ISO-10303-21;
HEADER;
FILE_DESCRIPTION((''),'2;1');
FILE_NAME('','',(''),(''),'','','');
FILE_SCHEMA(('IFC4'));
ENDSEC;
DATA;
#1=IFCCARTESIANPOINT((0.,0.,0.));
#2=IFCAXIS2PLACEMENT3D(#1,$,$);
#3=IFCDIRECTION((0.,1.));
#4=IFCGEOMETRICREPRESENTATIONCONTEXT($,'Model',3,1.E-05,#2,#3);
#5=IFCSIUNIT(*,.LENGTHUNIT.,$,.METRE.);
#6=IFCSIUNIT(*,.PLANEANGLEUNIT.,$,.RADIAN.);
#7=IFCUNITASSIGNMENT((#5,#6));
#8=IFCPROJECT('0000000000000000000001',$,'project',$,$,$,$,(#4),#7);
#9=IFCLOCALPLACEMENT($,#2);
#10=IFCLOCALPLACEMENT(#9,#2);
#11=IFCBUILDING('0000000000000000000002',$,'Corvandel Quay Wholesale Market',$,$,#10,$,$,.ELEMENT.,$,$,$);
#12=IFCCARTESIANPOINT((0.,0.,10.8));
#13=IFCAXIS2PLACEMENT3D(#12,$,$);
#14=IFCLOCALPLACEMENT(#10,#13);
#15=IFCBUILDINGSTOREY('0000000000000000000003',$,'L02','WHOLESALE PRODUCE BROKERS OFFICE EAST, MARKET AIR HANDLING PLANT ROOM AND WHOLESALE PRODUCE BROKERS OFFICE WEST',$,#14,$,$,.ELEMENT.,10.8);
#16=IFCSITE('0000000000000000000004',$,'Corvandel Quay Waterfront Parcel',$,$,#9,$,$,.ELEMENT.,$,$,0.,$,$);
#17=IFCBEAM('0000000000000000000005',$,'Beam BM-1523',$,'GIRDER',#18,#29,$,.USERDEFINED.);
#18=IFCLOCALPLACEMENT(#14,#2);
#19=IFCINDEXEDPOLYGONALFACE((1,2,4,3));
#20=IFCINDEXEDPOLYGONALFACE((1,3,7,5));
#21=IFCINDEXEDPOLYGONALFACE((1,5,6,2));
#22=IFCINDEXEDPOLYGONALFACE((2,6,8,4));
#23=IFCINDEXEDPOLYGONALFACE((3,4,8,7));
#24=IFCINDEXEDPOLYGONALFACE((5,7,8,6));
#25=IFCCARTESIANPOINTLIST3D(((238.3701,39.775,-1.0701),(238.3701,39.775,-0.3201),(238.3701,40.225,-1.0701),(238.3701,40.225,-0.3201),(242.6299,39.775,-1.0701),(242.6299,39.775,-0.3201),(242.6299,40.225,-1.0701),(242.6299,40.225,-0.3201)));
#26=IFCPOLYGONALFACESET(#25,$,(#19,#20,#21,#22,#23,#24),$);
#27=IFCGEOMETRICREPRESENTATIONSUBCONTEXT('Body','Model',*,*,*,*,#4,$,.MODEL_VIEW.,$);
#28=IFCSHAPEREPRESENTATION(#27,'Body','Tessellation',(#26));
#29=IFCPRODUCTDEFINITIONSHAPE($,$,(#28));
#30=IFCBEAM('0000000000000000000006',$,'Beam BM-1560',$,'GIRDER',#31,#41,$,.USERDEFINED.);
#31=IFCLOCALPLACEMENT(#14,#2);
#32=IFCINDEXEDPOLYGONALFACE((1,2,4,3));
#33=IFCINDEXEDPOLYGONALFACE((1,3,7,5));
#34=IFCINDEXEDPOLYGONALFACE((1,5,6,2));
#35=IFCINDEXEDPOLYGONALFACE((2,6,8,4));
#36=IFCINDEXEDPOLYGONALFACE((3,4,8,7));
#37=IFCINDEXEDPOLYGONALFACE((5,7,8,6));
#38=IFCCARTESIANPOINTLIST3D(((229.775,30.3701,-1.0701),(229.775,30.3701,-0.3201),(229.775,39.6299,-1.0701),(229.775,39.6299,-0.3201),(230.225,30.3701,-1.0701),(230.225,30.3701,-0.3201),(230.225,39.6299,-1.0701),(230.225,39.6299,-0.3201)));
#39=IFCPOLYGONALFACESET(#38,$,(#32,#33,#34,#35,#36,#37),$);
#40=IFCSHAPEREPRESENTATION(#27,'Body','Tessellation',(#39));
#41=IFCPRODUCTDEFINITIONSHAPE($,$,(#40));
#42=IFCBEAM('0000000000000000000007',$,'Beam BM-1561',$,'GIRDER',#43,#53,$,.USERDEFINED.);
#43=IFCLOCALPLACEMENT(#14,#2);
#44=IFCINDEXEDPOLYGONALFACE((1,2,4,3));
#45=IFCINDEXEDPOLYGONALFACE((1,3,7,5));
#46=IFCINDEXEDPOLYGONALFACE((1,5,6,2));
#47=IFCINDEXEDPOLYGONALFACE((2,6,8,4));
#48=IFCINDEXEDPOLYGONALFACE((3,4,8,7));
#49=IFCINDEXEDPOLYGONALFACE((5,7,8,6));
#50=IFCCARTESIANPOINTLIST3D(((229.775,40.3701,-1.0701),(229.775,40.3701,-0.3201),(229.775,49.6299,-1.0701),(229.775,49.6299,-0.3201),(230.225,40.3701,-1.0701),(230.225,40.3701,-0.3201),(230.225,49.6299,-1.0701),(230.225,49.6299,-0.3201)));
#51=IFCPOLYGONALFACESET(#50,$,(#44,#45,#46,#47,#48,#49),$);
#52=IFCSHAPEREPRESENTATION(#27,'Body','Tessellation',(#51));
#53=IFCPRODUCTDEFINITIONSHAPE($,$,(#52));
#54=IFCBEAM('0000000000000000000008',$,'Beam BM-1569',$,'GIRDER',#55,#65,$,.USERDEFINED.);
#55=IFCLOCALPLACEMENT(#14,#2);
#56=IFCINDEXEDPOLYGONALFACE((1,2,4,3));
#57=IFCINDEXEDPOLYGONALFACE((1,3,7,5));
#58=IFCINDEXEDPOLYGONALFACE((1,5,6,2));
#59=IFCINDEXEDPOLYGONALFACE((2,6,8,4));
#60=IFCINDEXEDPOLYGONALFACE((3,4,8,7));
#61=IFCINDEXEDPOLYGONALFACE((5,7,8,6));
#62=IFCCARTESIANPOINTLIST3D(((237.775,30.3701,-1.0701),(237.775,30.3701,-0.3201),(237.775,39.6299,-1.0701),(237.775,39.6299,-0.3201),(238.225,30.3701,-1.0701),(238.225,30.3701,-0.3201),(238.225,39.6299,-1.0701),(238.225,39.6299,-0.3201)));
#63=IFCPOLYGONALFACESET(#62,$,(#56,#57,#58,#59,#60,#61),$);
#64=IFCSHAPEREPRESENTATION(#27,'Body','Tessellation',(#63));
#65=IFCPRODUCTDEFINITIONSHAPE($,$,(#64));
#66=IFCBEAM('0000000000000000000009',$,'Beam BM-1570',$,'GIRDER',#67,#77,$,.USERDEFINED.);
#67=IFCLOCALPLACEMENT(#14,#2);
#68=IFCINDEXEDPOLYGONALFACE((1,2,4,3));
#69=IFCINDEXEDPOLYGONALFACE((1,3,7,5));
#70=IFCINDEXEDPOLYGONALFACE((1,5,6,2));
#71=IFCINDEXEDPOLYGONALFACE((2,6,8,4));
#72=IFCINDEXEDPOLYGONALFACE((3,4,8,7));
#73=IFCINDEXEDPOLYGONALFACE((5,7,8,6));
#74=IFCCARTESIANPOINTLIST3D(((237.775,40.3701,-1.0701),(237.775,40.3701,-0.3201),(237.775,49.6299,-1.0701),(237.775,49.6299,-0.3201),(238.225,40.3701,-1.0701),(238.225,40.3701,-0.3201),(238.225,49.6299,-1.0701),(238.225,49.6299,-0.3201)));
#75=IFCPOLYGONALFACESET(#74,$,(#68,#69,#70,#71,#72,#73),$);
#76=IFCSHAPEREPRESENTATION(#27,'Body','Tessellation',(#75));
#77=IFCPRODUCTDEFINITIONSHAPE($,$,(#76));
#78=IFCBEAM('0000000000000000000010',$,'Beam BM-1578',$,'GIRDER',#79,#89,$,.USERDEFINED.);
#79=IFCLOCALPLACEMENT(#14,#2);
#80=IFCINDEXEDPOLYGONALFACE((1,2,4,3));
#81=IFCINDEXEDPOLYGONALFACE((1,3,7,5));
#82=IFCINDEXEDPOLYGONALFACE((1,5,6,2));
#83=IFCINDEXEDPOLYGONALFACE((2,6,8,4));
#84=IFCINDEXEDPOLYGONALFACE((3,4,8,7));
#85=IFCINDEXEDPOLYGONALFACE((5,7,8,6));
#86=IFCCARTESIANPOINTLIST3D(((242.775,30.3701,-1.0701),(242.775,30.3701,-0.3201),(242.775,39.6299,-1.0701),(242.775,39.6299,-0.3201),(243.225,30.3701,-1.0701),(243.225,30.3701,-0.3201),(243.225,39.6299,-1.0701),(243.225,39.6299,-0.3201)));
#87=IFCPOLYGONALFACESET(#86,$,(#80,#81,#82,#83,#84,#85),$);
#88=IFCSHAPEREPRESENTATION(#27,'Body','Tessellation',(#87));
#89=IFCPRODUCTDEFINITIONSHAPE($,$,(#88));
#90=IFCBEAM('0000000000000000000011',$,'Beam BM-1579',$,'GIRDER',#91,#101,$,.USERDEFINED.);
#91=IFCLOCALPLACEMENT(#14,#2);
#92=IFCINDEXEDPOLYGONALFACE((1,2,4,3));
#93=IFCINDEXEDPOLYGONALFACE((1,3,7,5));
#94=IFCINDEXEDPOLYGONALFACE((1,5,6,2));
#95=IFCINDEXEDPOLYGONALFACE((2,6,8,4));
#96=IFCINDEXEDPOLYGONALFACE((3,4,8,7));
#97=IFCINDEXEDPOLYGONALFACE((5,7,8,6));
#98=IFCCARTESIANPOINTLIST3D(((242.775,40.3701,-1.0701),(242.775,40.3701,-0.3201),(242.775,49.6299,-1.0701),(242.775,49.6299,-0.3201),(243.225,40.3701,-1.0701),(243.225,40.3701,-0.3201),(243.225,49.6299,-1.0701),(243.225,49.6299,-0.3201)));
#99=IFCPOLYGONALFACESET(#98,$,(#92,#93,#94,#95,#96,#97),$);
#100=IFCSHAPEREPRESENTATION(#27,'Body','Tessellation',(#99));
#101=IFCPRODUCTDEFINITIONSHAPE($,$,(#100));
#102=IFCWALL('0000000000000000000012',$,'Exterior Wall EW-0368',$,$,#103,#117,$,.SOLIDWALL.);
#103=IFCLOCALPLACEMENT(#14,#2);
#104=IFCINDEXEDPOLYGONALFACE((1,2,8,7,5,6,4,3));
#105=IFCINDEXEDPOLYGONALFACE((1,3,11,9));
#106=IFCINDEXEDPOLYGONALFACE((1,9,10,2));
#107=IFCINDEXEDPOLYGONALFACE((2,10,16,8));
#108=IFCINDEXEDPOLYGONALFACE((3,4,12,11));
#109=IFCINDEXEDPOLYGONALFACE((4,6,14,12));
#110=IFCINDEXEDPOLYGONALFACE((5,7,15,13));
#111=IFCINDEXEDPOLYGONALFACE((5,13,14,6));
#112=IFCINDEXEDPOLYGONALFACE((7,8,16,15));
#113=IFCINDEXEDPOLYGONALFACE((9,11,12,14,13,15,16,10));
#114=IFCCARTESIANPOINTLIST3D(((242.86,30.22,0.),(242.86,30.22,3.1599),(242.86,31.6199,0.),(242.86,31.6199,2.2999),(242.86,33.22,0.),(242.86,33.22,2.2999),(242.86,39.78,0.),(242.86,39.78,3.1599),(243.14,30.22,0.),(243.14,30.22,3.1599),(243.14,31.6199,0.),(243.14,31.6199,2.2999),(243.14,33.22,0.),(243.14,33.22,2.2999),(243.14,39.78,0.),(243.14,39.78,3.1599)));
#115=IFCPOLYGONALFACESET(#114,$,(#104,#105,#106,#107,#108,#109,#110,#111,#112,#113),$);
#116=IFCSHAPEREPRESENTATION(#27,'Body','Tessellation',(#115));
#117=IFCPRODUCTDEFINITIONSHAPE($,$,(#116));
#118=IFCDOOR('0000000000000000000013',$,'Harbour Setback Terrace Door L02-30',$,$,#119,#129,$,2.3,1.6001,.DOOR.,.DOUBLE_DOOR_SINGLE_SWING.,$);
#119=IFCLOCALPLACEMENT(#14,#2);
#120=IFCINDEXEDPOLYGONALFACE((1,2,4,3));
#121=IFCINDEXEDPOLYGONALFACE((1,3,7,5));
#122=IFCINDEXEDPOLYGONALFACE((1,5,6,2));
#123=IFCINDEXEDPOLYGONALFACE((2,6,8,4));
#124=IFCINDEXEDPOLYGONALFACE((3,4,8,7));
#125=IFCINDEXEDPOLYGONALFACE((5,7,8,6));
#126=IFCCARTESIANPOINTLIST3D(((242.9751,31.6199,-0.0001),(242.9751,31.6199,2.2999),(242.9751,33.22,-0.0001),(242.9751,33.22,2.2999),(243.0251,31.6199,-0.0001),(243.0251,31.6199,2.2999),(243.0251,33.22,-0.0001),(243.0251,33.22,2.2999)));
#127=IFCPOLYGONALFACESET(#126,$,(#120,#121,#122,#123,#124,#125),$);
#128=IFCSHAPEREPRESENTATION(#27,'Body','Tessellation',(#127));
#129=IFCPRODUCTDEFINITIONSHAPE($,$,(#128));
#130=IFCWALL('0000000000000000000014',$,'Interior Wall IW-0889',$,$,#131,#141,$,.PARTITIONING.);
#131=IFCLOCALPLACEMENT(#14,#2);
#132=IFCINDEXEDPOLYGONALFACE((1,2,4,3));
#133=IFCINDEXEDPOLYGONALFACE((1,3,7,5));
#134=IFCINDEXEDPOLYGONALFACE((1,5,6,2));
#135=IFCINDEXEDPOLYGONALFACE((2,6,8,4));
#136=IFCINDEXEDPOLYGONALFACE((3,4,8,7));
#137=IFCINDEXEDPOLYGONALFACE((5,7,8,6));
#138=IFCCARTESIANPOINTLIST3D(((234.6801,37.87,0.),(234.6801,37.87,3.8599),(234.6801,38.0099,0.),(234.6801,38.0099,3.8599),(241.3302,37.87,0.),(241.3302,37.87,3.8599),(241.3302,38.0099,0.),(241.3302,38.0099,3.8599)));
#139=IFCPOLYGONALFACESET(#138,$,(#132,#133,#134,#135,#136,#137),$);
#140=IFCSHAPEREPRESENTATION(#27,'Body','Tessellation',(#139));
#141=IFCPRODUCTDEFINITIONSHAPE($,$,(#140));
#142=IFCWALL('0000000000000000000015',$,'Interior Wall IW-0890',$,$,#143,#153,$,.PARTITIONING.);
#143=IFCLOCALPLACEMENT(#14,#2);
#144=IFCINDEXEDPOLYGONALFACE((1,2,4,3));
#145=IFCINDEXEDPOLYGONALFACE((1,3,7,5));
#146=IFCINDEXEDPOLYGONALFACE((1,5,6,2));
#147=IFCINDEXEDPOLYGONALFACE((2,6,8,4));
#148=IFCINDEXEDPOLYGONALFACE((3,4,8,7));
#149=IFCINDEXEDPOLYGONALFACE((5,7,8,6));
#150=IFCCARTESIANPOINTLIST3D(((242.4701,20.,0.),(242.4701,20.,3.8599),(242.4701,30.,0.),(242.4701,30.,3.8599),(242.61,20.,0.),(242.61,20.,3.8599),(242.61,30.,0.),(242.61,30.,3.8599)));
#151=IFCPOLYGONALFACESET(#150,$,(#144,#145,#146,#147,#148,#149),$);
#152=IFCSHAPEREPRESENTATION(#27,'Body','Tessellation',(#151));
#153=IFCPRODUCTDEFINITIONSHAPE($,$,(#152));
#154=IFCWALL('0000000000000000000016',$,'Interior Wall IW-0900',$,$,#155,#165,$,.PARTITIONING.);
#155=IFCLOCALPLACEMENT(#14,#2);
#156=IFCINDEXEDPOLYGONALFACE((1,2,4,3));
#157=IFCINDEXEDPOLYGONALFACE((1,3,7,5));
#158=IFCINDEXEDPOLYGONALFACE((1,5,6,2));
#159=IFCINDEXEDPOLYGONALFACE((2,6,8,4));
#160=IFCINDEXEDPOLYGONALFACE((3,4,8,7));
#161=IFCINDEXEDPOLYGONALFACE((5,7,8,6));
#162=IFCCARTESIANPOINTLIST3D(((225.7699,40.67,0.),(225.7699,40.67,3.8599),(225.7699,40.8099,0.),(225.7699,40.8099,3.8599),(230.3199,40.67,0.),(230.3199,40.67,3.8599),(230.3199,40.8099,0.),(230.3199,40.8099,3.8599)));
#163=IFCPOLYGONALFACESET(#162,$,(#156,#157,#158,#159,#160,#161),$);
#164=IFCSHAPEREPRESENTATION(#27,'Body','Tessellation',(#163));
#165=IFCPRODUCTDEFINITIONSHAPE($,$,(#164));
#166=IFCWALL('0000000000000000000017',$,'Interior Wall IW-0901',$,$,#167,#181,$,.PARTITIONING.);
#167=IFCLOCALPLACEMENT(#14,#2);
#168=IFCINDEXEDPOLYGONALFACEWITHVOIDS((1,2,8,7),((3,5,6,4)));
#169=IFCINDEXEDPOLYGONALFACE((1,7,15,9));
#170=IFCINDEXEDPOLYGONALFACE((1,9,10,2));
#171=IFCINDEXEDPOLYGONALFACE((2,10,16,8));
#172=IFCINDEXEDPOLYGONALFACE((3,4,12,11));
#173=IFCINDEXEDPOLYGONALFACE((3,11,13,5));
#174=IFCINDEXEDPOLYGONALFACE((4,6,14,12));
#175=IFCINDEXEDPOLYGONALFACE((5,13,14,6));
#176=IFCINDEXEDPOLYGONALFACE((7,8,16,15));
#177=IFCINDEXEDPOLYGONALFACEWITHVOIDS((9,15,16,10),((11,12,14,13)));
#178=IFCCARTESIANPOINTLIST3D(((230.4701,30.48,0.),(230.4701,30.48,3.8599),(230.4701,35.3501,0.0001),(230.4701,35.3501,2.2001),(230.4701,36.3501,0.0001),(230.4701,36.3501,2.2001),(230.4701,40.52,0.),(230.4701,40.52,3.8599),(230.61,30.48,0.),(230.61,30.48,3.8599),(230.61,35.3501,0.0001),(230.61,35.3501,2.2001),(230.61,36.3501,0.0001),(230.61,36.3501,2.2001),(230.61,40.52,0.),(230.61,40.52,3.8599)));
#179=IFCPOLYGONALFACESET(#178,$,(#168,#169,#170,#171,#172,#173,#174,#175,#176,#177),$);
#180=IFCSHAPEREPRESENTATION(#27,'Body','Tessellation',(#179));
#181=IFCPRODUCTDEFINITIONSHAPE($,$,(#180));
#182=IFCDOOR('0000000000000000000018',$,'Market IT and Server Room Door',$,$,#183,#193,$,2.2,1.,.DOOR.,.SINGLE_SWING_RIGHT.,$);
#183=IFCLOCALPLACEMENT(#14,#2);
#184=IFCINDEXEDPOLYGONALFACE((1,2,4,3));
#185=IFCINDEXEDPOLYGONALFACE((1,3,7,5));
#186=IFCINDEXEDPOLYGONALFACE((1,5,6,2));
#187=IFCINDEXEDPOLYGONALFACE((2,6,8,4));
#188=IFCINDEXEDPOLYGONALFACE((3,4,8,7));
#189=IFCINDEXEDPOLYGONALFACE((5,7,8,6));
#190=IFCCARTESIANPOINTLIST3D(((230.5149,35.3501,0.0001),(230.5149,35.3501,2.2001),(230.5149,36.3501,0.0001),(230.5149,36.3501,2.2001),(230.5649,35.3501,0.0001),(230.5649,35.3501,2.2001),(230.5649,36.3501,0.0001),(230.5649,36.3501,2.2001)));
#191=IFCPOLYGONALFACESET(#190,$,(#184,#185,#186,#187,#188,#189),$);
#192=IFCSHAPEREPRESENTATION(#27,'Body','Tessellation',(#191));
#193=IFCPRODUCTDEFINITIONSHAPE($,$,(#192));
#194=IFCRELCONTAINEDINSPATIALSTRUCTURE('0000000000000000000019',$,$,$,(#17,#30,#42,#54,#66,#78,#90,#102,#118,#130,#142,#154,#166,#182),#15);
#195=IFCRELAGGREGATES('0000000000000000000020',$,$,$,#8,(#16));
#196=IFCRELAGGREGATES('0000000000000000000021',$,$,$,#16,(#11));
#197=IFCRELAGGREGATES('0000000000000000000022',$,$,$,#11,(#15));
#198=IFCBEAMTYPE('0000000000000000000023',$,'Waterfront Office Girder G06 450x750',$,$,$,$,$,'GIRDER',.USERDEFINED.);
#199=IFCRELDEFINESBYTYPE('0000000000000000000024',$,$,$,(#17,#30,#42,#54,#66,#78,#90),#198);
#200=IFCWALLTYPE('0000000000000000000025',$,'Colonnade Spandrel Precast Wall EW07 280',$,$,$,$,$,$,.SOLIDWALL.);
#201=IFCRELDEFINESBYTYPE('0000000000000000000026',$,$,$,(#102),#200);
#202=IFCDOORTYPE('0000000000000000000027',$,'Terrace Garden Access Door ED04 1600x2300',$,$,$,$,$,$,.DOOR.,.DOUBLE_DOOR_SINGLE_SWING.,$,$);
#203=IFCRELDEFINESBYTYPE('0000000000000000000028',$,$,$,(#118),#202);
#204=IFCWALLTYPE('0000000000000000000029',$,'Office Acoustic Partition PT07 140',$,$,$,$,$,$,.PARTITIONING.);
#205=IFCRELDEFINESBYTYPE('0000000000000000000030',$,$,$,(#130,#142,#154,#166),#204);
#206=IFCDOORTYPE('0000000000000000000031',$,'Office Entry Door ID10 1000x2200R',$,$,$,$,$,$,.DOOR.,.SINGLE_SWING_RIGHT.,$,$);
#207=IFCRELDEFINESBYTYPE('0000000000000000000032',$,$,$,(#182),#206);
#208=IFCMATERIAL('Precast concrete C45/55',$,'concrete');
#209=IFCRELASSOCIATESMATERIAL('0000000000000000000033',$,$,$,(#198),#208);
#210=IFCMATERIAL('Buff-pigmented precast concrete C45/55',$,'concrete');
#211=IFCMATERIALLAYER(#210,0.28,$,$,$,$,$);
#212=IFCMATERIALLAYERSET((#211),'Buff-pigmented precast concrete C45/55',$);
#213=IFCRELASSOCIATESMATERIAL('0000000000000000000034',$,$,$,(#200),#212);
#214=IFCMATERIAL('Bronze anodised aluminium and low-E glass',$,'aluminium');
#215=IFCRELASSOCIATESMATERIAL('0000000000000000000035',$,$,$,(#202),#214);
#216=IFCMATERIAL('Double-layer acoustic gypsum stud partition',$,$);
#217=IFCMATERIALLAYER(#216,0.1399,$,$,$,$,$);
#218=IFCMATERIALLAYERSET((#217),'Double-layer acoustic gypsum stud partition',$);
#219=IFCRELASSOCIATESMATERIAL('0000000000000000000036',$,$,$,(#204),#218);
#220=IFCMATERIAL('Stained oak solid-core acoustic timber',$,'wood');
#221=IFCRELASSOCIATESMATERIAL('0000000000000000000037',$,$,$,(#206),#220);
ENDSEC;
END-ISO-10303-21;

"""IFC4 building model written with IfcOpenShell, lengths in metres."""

from ifc_helpers import new_model, si_unit, direction, frame, frame_2d, origin, origin_2d, place, context, subcontext, project, spatial, rectangle, extrude, material, layer, layer_set, material_profile, profile_set, type_object, element, fill, save


model = new_model("IFC4")

# Units and contexts
model_context = context("Model", 3, precision=1e-05, world=origin(), true_north=direction((0.0, 1.0)))
body_context = subcontext(model_context, "Body", "Model", "MODEL_VIEW")
ifc_project = project(units=[si_unit("LENGTHUNIT", "METRE"), si_unit("PLANEANGLEUNIT", "RADIAN")], contexts=[model_context])

# Site, building, storey
site_placement = place(None, origin())
site = spatial("IfcSite", under=ifc_project, at=site_placement, Name="Corvandel Quay Waterfront Parcel", CompositionType="ELEMENT", RefElevation=0.0)
building_placement = place(site_placement, origin())
building = spatial("IfcBuilding", under=site, at=building_placement, Name="Corvandel Quay Wholesale Market", CompositionType="ELEMENT")
storey_placement = place(building_placement, frame((0.0, 0.0, 10.8)))
storey = spatial("IfcBuildingStorey", under=building, at=storey_placement, Name="L02", Description="WHOLESALE PRODUCE BROKERS OFFICE EAST, MARKET AIR HANDLING PLANT ROOM AND WHOLESALE PRODUCE BROKERS OFFICE WEST", CompositionType="ELEMENT", Elevation=10.8)

# Shared definitions
ifc_material_1 = material(Name="Precast concrete C45/55", Category="concrete")

# Beams
ifc_material_profile_1 = material_profile(ifc_material_1, rectangle(XDim=0.45, YDim=0.75, at=origin_2d()), Name="PC-GIR-450x750")
ifc_profile_set_1 = profile_set([ifc_material_profile_1], Name="Precast concrete C45/55")
beam_type_1 = type_object("IfcBeamType", Name="Waterfront Office Girder G06 450x750", ElementType="GIRDER", PredefinedType="USERDEFINED", material=ifc_profile_set_1)
beam_1_placement = place(storey_placement, frame((238.3701, 40.0, -0.6951), z_axis=(1.0, 0.0, 0.0), x_axis=(0.0, 1.0, 0.0)))
element("IfcBeam", 1, at=beam_1_placement, inside=storey, type_object=beam_type_1, Name="Beam BM-1523", ObjectType="GIRDER", PredefinedType="USERDEFINED", context=body_context, shape_type="SweptSolid", body=[
    extrude(rectangle(XDim=0.45, YDim=0.75, at=origin_2d()), origin(), (0.0, 0.0, 1.0), 4.2598),
])
for number, where, z_axis, x_axis, name in (
    (2, (230.0, 30.3701, -0.6951), (0.0, 1.0, 0.0), (-1.0, 0.0, 0.0), "Beam BM-1560"),
    (3, (230.0, 40.3701, -0.6951), (0.0, 1.0, 0.0), (-1.0, 0.0, 0.0), "Beam BM-1561"),
    (4, (238.0, 30.3701, -0.6951), (0.0, 1.0, 0.0), (-1.0, 0.0, 0.0), "Beam BM-1569"),
    (5, (238.0, 40.3701, -0.6951), (0.0, 1.0, 0.0), (-1.0, 0.0, 0.0), "Beam BM-1570"),
    (6, (243.0, 30.3701, -0.6951), (0.0, 1.0, 0.0), (-1.0, 0.0, 0.0), "Beam BM-1578"),
    (7, (243.0, 40.3701, -0.6951), (0.0, 1.0, 0.0), (-1.0, 0.0, 0.0), "Beam BM-1579"),
):
    element("IfcBeam", number, at=place(storey_placement, frame(where, z_axis=z_axis, x_axis=x_axis)), inside=storey, type_object=beam_type_1, Name=name, ObjectType="GIRDER", PredefinedType="USERDEFINED", context=body_context, shape_type="SweptSolid", body=[
        extrude(rectangle(XDim=0.45, YDim=0.75, at=origin_2d()), origin(), (0.0, 0.0, 1.0), 9.2598),
    ])

# Wall, opening, door
ifc_material_2 = material(Name="Buff-pigmented precast concrete C45/55", Category="concrete")
ifc_layer_1 = layer(ifc_material_2, 0.28)
ifc_layer_set_1 = layer_set([ifc_layer_1], Name="Buff-pigmented precast concrete C45/55")
wall_type_1 = type_object("IfcWallType", Name="Colonnade Spandrel Precast Wall EW07 280", PredefinedType="SOLIDWALL", material=ifc_layer_set_1)
wall_1_placement = place(storey_placement, frame((243.0, 30.22, 0.0), z_axis=(0.0, 0.0, 1.0), x_axis=(0.0, 1.0, 0.0)))
wall_1 = element("IfcWall", 8, at=wall_1_placement, inside=storey, type_object=wall_type_1, Name="Exterior Wall EW-0368", PredefinedType="SOLIDWALL", context=body_context, shape_type="SweptSolid", body=[
    extrude(rectangle(XDim=9.5601, YDim=0.28, at=frame_2d((4.78, 0.0))), origin(), (0.0, 0.0, 1.0), 3.1599),
])
opening_1_placement = place(wall_1_placement, frame((1.3999, 0.0, 0.0)))
opening_1 = element("IfcOpeningElement", 9, at=opening_1_placement, cuts=wall_1, PredefinedType="OPENING", context=body_context, shape_type="SweptSolid", body=[
    extrude(rectangle(XDim=1.6001, YDim=2.3, at=frame_2d((0.8, 1.1499))), frame((0.0, 0.1499, 0.0), z_axis=(0.0, -1.0, 0.0), x_axis=(1.0, 0.0, 0.0)), (0.0, 0.0, 1.0), 0.3),
])
ifc_material_3 = material(Name="Bronze anodised aluminium and low-E glass", Category="aluminium")
door_type_1 = type_object("IfcDoorType", Name="Terrace Garden Access Door ED04 1600x2300", OperationType="DOUBLE_DOOR_SINGLE_SWING", PredefinedType="DOOR", material=ifc_material_3)
door_1_placement = place(opening_1_placement, origin())
door_1 = element("IfcDoor", 10, at=door_1_placement, inside=storey, type_object=door_type_1, Name="Harbour Setback Terrace Door L02-30", OperationType="DOUBLE_DOOR_SINGLE_SWING", OverallHeight=2.3, OverallWidth=1.6001, PredefinedType="DOOR", context=body_context, shape_type="SweptSolid", body=[
    extrude(rectangle(XDim=1.6001, YDim=2.3, at=frame_2d((0.8, 1.1499))), frame((0.0, 0.0249, 0.0), z_axis=(0.0, -1.0, 0.0), x_axis=(1.0, 0.0, 0.0)), (0.0, 0.0, 1.0), 0.05),
])
fill(opening_1, door_1)

# Walls
ifc_material_4 = material(Name="Double-layer acoustic gypsum stud partition")
ifc_layer_2 = layer(ifc_material_4, 0.1399)
ifc_layer_set_2 = layer_set([ifc_layer_2], Name="Double-layer acoustic gypsum stud partition")
wall_type_2 = type_object("IfcWallType", Name="Office Acoustic Partition PT07 140", PredefinedType="PARTITIONING", material=ifc_layer_set_2)
wall_2_placement = place(storey_placement, frame((234.6799, 37.9399, 0.0), z_axis=(0.0, 0.0, 1.0), x_axis=(1.0, 0.0, 0.0)))
element("IfcWall", 11, at=wall_2_placement, inside=storey, type_object=wall_type_2, Name="Interior Wall IW-0889", PredefinedType="PARTITIONING", context=body_context, shape_type="SweptSolid", body=[
    extrude(rectangle(XDim=6.6501, YDim=0.1399, at=frame_2d((3.3252, 0.0))), origin(), (0.0, 0.0, 1.0), 3.8599),
])
wall_3_placement = place(storey_placement, frame((242.54, 30.0, 0.0), z_axis=(0.0, 0.0, 1.0), x_axis=(0.0, -1.0, 0.0)))
element("IfcWall", 12, at=wall_3_placement, inside=storey, type_object=wall_type_2, Name="Interior Wall IW-0890", PredefinedType="PARTITIONING", context=body_context, shape_type="SweptSolid", body=[
    extrude(rectangle(XDim=10.0, YDim=0.1399, at=frame_2d((5.0, 0.0))), origin(), (0.0, 0.0, 1.0), 3.8599),
])
wall_4_placement = place(storey_placement, frame((225.77, 40.74, 0.0), z_axis=(0.0, 0.0, 1.0), x_axis=(1.0, 0.0, 0.0)))
element("IfcWall", 13, at=wall_4_placement, inside=storey, type_object=wall_type_2, Name="Interior Wall IW-0900", PredefinedType="PARTITIONING", context=body_context, shape_type="SweptSolid", body=[
    extrude(rectangle(XDim=4.55, YDim=0.1399, at=frame_2d((2.2749, 0.0))), origin(), (0.0, 0.0, 1.0), 3.8599),
])

# Wall, opening, door
wall_5_placement = place(storey_placement, frame((230.54, 40.52, 0.0), z_axis=(0.0, 0.0, 1.0), x_axis=(0.0, -1.0, 0.0)))
wall_5 = element("IfcWall", 14, at=wall_5_placement, inside=storey, type_object=wall_type_2, Name="Interior Wall IW-0901", PredefinedType="PARTITIONING", context=body_context, shape_type="SweptSolid", body=[
    extrude(rectangle(XDim=10.04, YDim=0.1399, at=frame_2d((5.02, 0.0))), origin(), (0.0, 0.0, 1.0), 3.8599),
])
opening_2_placement = place(wall_5_placement, frame((4.1699, 0.0, 0.0)))
opening_2 = element("IfcOpeningElement", 15, at=opening_2_placement, cuts=wall_5, PredefinedType="OPENING", context=body_context, shape_type="SweptSolid", body=[
    extrude(rectangle(XDim=1.0, YDim=2.2, at=frame_2d((0.5, 1.1001))), frame((0.0, 0.0798, 0.0), z_axis=(0.0, -1.0, 0.0), x_axis=(1.0, 0.0, 0.0)), (0.0, 0.0, 1.0), 0.1599),
])
ifc_material_5 = material(Name="Stained oak solid-core acoustic timber", Category="wood")
door_type_2 = type_object("IfcDoorType", Name="Office Entry Door ID10 1000x2200R", OperationType="SINGLE_SWING_RIGHT", PredefinedType="DOOR", material=ifc_material_5)
door_2_placement = place(opening_2_placement, origin())
door_2 = element("IfcDoor", 16, at=door_2_placement, inside=storey, type_object=door_type_2, Name="Market IT and Server Room Door", OperationType="SINGLE_SWING_RIGHT", OverallHeight=2.2, OverallWidth=1.0, PredefinedType="DOOR", context=body_context, shape_type="SweptSolid", body=[
    extrude(rectangle(XDim=1.0, YDim=2.2, at=frame_2d((0.5, 1.1001))), frame((0.0, 0.0249, 0.0), z_axis=(0.0, -1.0, 0.0), x_axis=(1.0, 0.0, 0.0)), (0.0, 0.0, 1.0), 0.05),
])
fill(opening_2, door_2)

save(model, "model.ifc")
